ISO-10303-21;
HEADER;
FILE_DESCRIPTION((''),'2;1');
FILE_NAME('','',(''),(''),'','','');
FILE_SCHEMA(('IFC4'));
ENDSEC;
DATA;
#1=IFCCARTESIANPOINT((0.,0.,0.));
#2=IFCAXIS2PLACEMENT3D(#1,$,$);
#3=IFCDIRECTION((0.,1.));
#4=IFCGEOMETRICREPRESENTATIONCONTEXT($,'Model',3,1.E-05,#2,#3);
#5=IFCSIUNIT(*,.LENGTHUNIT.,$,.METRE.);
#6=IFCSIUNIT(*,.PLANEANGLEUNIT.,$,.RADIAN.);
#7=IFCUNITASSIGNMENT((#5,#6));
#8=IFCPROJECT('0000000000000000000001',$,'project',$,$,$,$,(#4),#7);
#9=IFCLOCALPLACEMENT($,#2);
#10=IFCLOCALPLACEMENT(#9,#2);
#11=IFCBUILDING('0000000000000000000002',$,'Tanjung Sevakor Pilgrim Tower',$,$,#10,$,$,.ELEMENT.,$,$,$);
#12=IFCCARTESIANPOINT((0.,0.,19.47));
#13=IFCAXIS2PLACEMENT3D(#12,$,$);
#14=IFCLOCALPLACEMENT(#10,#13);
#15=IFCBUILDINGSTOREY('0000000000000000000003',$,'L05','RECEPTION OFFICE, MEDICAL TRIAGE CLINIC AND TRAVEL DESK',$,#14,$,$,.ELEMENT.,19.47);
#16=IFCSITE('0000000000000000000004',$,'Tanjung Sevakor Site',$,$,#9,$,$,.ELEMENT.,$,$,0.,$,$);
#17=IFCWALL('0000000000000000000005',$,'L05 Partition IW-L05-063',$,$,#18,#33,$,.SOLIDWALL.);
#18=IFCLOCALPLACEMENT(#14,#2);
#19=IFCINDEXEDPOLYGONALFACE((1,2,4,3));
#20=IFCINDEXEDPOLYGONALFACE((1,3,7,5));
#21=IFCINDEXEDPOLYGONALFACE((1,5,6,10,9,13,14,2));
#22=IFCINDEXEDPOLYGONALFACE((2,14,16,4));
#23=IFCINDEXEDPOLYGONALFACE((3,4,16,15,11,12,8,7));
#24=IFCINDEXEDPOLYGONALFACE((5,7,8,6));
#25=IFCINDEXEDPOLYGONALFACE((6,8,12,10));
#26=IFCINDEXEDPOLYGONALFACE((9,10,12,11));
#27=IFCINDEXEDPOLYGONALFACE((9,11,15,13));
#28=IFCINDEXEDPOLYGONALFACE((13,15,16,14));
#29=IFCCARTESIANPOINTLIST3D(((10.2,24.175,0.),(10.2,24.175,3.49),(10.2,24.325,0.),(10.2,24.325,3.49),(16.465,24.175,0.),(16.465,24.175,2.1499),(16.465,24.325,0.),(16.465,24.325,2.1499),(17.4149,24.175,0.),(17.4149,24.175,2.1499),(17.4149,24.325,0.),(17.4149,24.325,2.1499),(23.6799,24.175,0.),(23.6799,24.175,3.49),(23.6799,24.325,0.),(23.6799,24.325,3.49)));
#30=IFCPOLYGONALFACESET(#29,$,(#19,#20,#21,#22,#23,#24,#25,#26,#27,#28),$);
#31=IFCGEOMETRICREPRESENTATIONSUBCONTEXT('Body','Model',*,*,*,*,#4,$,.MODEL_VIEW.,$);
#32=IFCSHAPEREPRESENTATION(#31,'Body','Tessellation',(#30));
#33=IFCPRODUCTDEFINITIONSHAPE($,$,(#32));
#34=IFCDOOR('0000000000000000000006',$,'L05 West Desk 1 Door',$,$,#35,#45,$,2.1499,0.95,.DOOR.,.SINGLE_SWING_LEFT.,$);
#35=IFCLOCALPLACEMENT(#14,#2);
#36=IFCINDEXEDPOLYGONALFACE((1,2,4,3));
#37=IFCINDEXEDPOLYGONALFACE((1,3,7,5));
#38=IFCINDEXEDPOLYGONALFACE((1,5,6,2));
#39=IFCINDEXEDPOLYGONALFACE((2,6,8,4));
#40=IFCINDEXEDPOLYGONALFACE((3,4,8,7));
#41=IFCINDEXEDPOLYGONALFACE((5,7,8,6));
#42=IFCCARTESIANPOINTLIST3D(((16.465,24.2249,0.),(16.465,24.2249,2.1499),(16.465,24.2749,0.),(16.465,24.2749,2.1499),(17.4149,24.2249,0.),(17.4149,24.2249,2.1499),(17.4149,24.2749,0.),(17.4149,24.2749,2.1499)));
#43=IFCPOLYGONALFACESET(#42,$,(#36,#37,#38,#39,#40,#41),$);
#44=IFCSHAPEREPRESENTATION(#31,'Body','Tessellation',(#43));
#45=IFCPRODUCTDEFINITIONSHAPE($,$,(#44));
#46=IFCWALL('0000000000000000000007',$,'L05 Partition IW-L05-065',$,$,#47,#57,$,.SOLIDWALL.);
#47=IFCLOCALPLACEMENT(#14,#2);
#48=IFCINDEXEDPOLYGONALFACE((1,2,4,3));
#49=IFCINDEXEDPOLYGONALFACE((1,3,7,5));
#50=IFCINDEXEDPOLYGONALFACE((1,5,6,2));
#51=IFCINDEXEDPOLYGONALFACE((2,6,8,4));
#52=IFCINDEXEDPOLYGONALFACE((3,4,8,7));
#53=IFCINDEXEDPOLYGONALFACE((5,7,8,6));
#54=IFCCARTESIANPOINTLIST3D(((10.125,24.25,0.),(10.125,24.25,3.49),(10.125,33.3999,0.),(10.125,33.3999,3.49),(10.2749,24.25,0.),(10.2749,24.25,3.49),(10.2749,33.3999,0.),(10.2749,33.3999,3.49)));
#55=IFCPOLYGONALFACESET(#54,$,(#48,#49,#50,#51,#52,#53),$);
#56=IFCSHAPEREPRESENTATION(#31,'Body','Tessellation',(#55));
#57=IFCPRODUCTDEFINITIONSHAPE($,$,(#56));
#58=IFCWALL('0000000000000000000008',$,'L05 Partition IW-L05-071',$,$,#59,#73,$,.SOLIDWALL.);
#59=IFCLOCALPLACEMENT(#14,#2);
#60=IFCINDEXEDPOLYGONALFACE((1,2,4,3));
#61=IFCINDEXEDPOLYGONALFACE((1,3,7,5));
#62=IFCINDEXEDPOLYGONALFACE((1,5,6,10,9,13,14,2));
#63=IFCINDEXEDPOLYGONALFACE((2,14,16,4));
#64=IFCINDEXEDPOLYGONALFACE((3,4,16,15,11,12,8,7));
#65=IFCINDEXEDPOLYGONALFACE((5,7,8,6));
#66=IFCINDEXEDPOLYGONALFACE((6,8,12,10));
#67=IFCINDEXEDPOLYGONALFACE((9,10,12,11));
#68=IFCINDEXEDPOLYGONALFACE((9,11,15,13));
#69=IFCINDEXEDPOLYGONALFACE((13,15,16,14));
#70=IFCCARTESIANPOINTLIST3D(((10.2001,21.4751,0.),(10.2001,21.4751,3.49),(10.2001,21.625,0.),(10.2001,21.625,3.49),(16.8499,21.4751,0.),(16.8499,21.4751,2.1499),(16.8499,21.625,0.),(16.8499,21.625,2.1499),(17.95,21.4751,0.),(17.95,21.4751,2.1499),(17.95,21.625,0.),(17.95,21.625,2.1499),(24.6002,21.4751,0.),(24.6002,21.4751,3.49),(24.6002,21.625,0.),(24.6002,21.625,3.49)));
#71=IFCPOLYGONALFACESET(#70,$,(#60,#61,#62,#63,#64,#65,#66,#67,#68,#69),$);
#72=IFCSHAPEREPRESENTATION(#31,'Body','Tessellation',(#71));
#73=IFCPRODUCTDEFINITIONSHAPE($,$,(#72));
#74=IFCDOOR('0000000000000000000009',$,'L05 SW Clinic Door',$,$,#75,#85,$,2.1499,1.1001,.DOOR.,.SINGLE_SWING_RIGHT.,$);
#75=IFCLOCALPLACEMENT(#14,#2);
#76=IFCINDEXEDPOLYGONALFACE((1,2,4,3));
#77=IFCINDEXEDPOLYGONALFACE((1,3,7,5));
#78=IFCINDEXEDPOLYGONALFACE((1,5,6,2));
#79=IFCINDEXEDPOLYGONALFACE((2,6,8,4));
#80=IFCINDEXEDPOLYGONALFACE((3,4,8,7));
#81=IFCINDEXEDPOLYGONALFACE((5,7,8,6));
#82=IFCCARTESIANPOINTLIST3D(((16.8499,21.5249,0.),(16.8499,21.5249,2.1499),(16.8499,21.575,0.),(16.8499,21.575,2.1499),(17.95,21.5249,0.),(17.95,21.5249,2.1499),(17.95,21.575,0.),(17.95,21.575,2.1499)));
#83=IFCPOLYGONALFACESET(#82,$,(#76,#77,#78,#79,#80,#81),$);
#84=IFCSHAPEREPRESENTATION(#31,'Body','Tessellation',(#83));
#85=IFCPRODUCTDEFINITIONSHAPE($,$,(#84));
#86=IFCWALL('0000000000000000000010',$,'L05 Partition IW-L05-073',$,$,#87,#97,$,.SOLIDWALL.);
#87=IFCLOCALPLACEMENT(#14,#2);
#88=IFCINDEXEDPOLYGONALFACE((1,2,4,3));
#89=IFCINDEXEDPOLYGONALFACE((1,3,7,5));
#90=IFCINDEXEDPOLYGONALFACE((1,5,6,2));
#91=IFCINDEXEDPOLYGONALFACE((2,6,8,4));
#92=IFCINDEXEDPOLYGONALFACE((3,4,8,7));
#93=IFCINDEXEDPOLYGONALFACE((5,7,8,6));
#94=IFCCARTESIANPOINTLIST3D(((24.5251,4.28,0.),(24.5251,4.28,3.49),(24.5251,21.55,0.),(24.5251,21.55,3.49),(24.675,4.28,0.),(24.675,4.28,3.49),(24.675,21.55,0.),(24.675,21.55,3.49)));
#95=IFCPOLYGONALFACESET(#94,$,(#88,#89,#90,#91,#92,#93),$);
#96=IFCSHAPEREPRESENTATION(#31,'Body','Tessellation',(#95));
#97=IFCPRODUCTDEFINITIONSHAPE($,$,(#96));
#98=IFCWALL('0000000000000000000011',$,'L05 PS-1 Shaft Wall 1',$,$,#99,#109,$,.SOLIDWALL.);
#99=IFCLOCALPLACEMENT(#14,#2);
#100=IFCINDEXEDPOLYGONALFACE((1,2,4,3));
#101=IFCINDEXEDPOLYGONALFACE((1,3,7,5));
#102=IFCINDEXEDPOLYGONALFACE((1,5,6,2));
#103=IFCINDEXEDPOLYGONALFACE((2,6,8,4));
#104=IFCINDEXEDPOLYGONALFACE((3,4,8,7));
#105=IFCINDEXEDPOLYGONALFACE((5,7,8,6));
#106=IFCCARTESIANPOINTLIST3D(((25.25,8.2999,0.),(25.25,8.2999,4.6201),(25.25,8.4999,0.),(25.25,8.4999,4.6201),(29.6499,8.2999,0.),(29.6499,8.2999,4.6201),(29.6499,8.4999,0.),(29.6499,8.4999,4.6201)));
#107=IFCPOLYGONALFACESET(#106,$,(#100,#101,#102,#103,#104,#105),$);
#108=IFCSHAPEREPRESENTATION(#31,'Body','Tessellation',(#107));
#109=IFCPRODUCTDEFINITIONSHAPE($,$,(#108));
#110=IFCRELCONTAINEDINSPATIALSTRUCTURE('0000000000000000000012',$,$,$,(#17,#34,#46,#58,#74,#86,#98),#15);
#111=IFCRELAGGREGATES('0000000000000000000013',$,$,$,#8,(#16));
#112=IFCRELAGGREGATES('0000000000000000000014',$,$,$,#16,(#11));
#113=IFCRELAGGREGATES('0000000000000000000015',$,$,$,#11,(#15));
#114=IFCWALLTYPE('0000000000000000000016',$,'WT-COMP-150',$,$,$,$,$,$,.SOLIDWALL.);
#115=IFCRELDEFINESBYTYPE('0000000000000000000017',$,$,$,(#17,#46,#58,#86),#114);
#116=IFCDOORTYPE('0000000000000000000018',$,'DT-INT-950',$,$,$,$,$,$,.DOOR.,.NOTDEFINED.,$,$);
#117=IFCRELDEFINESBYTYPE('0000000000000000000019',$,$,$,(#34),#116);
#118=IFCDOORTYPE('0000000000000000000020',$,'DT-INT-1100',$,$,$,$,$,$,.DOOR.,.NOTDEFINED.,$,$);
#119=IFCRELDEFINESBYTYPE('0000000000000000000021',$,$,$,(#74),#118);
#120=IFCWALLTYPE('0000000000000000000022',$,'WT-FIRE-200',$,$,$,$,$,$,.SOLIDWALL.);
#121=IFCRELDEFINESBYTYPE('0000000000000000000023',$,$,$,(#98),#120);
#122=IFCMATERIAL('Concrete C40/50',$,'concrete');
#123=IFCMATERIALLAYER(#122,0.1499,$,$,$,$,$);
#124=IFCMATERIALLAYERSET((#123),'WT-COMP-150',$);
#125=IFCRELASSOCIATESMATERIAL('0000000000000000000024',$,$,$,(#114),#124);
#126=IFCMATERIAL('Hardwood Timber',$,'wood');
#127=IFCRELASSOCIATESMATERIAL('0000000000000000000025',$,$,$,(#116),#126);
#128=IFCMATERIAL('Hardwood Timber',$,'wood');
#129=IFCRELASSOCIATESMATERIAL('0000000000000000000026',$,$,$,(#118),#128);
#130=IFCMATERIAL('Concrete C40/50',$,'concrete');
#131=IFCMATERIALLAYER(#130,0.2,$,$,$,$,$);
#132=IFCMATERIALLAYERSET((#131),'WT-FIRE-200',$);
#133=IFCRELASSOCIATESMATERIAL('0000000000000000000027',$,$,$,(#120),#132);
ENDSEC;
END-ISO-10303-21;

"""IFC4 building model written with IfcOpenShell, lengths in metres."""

from ifc_helpers import new_model, si_unit, direction, frame, frame_2d, origin, place, context, subcontext, project, spatial, rectangle, extrude, material, layer, layer_set, type_object, element, fill, save


model = new_model("IFC4")

# Units and contexts
model_context = context("Model", 3, precision=1e-05, world=origin(), true_north=direction((0.0, 1.0)))
body_context = subcontext(model_context, "Body", "Model", "MODEL_VIEW")
ifc_project = project(units=[si_unit("LENGTHUNIT", "METRE"), si_unit("PLANEANGLEUNIT", "RADIAN")], contexts=[model_context])

# Site, building, storey
site_placement = place(None, origin())
site = spatial("IfcSite", under=ifc_project, at=site_placement, Name="Tanjung Sevakor Site", CompositionType="ELEMENT", RefElevation=0.0)
building_placement = place(site_placement, origin())
building = spatial("IfcBuilding", under=site, at=building_placement, Name="Tanjung Sevakor Pilgrim Tower", CompositionType="ELEMENT")
storey_placement = place(building_placement, frame((0.0, 0.0, 19.47)))
storey = spatial("IfcBuildingStorey", under=building, at=storey_placement, Name="L05", Description="RECEPTION OFFICE, MEDICAL TRIAGE CLINIC AND TRAVEL DESK", CompositionType="ELEMENT", Elevation=19.47)

# Wall, opening, door
ifc_material_1 = material(Name="Concrete C40/50", Category="concrete")
ifc_layer_1 = layer(ifc_material_1, 0.1499)
ifc_layer_set_1 = layer_set([ifc_layer_1], Name="WT-COMP-150")
wall_type_1 = type_object("IfcWallType", Name="WT-COMP-150", PredefinedType="SOLIDWALL", material=ifc_layer_set_1)
wall_1_placement = place(storey_placement, frame((10.2, 24.25, 0.0), z_axis=(0.0, 0.0, 1.0), x_axis=(1.0, 0.0, 0.0)))
wall_1 = element("IfcWall", 1, at=wall_1_placement, inside=storey, type_object=wall_type_1, Name="L05 Partition IW-L05-063", PredefinedType="SOLIDWALL", context=body_context, shape_type="SweptSolid", body=[
    extrude(rectangle(XDim=13.48, YDim=0.1499, at=frame_2d((6.74, 0.0))), origin(), (0.0, 0.0, 1.0), 3.49),
])
opening_1_placement = place(wall_1_placement, frame((6.2649, 0.0, 0.0)))
opening_1 = element("IfcOpeningElement", 2, at=opening_1_placement, cuts=wall_1, PredefinedType="OPENING", context=body_context, shape_type="SweptSolid", body=[
    extrude(rectangle(XDim=0.95, YDim=2.1499, at=frame_2d((0.4751, 1.075))), frame((0.0, 0.085, 0.0), z_axis=(0.0, -1.0, 0.0), x_axis=(1.0, 0.0, 0.0)), (0.0, 0.0, 1.0), 0.1699),
])
ifc_material_2 = material(Name="Hardwood Timber", Category="wood")
door_type_1 = type_object("IfcDoorType", Name="DT-INT-950", OperationType="NOTDEFINED", PredefinedType="DOOR", material=ifc_material_2)
door_1_placement = place(opening_1_placement, origin())
door_1 = element("IfcDoor", 3, at=door_1_placement, inside=storey, type_object=door_type_1, Name="L05 West Desk 1 Door", OperationType="SINGLE_SWING_LEFT", OverallHeight=2.1499, OverallWidth=0.95, PredefinedType="DOOR", context=body_context, shape_type="SweptSolid", body=[
    extrude(rectangle(XDim=0.95, YDim=2.1499, at=frame_2d((0.4751, 1.075))), frame((0.0, 0.0249, 0.0), z_axis=(0.0, -1.0, 0.0), x_axis=(1.0, 0.0, 0.0)), (0.0, 0.0, 1.0), 0.05),
])
fill(opening_1, door_1)

# Wall
wall_2_placement = place(storey_placement, frame((10.2, 24.25, 0.0), z_axis=(0.0, 0.0, 1.0), x_axis=(0.0, 1.0, 0.0)))
element("IfcWall", 4, at=wall_2_placement, inside=storey, type_object=wall_type_1, Name="L05 Partition IW-L05-065", PredefinedType="SOLIDWALL", context=body_context, shape_type="SweptSolid", body=[
    extrude(rectangle(XDim=9.1499, YDim=0.1499, at=frame_2d((4.575, 0.0))), origin(), (0.0, 0.0, 1.0), 3.49),
])

# Wall, opening, door
wall_3_placement = place(storey_placement, frame((10.2, 21.55, 0.0), z_axis=(0.0, 0.0, 1.0), x_axis=(1.0, 0.0, 0.0)))
wall_3 = element("IfcWall", 5, at=wall_3_placement, inside=storey, type_object=wall_type_1, Name="L05 Partition IW-L05-071", PredefinedType="SOLIDWALL", context=body_context, shape_type="SweptSolid", body=[
    extrude(rectangle(XDim=14.4001, YDim=0.1499, at=frame_2d((7.2002, 0.0))), origin(), (0.0, 0.0, 1.0), 3.49),
])
opening_2_placement = place(wall_3_placement, frame((6.6499, 0.0, 0.0)))
opening_2 = element("IfcOpeningElement", 6, at=opening_2_placement, cuts=wall_3, PredefinedType="OPENING", context=body_context, shape_type="SweptSolid", body=[
    extrude(rectangle(XDim=1.1001, YDim=2.1499, at=frame_2d((0.55, 1.075))), frame((0.0, 0.085, 0.0), z_axis=(0.0, -1.0, 0.0), x_axis=(1.0, 0.0, 0.0)), (0.0, 0.0, 1.0), 0.1699),
])
ifc_material_3 = material(Name="Hardwood Timber", Category="wood")
door_type_2 = type_object("IfcDoorType", Name="DT-INT-1100", OperationType="NOTDEFINED", PredefinedType="DOOR", material=ifc_material_3)
door_2_placement = place(opening_2_placement, origin())
door_2 = element("IfcDoor", 7, at=door_2_placement, inside=storey, type_object=door_type_2, Name="L05 SW Clinic Door", OperationType="SINGLE_SWING_RIGHT", OverallHeight=2.1499, OverallWidth=1.1001, PredefinedType="DOOR", context=body_context, shape_type="SweptSolid", body=[
    extrude(rectangle(XDim=1.1001, YDim=2.1499, at=frame_2d((0.55, 1.075))), frame((0.0, 0.0249, 0.0), z_axis=(0.0, -1.0, 0.0), x_axis=(1.0, 0.0, 0.0)), (0.0, 0.0, 1.0), 0.05),
])
fill(opening_2, door_2)

# Walls
wall_4_placement = place(storey_placement, frame((24.6001, 4.28, 0.0), z_axis=(0.0, 0.0, 1.0), x_axis=(0.0, 1.0, 0.0)))
element("IfcWall", 8, at=wall_4_placement, inside=storey, type_object=wall_type_1, Name="L05 Partition IW-L05-073", PredefinedType="SOLIDWALL", context=body_context, shape_type="SweptSolid", body=[
    extrude(rectangle(XDim=17.27, YDim=0.1499, at=frame_2d((8.635, 0.0))), origin(), (0.0, 0.0, 1.0), 3.49),
])
ifc_material_4 = material(Name="Concrete C40/50", Category="concrete")
ifc_layer_2 = layer(ifc_material_4, 0.2)
ifc_layer_set_2 = layer_set([ifc_layer_2], Name="WT-FIRE-200")
wall_type_2 = type_object("IfcWallType", Name="WT-FIRE-200", PredefinedType="SOLIDWALL", material=ifc_layer_set_2)
wall_5_placement = place(storey_placement, frame((25.25, 8.3999, 0.0), z_axis=(0.0, 0.0, 1.0), x_axis=(1.0, 0.0, 0.0)))
element("IfcWall", 9, at=wall_5_placement, inside=storey, type_object=wall_type_2, Name="L05 PS-1 Shaft Wall 1", PredefinedType="SOLIDWALL", context=body_context, shape_type="SweptSolid", body=[
    extrude(rectangle(XDim=4.3999, YDim=0.2, at=frame_2d((2.2, 0.0))), origin(), (0.0, 0.0, 1.0), 4.6201),
])

save(model, "model.ifc")
